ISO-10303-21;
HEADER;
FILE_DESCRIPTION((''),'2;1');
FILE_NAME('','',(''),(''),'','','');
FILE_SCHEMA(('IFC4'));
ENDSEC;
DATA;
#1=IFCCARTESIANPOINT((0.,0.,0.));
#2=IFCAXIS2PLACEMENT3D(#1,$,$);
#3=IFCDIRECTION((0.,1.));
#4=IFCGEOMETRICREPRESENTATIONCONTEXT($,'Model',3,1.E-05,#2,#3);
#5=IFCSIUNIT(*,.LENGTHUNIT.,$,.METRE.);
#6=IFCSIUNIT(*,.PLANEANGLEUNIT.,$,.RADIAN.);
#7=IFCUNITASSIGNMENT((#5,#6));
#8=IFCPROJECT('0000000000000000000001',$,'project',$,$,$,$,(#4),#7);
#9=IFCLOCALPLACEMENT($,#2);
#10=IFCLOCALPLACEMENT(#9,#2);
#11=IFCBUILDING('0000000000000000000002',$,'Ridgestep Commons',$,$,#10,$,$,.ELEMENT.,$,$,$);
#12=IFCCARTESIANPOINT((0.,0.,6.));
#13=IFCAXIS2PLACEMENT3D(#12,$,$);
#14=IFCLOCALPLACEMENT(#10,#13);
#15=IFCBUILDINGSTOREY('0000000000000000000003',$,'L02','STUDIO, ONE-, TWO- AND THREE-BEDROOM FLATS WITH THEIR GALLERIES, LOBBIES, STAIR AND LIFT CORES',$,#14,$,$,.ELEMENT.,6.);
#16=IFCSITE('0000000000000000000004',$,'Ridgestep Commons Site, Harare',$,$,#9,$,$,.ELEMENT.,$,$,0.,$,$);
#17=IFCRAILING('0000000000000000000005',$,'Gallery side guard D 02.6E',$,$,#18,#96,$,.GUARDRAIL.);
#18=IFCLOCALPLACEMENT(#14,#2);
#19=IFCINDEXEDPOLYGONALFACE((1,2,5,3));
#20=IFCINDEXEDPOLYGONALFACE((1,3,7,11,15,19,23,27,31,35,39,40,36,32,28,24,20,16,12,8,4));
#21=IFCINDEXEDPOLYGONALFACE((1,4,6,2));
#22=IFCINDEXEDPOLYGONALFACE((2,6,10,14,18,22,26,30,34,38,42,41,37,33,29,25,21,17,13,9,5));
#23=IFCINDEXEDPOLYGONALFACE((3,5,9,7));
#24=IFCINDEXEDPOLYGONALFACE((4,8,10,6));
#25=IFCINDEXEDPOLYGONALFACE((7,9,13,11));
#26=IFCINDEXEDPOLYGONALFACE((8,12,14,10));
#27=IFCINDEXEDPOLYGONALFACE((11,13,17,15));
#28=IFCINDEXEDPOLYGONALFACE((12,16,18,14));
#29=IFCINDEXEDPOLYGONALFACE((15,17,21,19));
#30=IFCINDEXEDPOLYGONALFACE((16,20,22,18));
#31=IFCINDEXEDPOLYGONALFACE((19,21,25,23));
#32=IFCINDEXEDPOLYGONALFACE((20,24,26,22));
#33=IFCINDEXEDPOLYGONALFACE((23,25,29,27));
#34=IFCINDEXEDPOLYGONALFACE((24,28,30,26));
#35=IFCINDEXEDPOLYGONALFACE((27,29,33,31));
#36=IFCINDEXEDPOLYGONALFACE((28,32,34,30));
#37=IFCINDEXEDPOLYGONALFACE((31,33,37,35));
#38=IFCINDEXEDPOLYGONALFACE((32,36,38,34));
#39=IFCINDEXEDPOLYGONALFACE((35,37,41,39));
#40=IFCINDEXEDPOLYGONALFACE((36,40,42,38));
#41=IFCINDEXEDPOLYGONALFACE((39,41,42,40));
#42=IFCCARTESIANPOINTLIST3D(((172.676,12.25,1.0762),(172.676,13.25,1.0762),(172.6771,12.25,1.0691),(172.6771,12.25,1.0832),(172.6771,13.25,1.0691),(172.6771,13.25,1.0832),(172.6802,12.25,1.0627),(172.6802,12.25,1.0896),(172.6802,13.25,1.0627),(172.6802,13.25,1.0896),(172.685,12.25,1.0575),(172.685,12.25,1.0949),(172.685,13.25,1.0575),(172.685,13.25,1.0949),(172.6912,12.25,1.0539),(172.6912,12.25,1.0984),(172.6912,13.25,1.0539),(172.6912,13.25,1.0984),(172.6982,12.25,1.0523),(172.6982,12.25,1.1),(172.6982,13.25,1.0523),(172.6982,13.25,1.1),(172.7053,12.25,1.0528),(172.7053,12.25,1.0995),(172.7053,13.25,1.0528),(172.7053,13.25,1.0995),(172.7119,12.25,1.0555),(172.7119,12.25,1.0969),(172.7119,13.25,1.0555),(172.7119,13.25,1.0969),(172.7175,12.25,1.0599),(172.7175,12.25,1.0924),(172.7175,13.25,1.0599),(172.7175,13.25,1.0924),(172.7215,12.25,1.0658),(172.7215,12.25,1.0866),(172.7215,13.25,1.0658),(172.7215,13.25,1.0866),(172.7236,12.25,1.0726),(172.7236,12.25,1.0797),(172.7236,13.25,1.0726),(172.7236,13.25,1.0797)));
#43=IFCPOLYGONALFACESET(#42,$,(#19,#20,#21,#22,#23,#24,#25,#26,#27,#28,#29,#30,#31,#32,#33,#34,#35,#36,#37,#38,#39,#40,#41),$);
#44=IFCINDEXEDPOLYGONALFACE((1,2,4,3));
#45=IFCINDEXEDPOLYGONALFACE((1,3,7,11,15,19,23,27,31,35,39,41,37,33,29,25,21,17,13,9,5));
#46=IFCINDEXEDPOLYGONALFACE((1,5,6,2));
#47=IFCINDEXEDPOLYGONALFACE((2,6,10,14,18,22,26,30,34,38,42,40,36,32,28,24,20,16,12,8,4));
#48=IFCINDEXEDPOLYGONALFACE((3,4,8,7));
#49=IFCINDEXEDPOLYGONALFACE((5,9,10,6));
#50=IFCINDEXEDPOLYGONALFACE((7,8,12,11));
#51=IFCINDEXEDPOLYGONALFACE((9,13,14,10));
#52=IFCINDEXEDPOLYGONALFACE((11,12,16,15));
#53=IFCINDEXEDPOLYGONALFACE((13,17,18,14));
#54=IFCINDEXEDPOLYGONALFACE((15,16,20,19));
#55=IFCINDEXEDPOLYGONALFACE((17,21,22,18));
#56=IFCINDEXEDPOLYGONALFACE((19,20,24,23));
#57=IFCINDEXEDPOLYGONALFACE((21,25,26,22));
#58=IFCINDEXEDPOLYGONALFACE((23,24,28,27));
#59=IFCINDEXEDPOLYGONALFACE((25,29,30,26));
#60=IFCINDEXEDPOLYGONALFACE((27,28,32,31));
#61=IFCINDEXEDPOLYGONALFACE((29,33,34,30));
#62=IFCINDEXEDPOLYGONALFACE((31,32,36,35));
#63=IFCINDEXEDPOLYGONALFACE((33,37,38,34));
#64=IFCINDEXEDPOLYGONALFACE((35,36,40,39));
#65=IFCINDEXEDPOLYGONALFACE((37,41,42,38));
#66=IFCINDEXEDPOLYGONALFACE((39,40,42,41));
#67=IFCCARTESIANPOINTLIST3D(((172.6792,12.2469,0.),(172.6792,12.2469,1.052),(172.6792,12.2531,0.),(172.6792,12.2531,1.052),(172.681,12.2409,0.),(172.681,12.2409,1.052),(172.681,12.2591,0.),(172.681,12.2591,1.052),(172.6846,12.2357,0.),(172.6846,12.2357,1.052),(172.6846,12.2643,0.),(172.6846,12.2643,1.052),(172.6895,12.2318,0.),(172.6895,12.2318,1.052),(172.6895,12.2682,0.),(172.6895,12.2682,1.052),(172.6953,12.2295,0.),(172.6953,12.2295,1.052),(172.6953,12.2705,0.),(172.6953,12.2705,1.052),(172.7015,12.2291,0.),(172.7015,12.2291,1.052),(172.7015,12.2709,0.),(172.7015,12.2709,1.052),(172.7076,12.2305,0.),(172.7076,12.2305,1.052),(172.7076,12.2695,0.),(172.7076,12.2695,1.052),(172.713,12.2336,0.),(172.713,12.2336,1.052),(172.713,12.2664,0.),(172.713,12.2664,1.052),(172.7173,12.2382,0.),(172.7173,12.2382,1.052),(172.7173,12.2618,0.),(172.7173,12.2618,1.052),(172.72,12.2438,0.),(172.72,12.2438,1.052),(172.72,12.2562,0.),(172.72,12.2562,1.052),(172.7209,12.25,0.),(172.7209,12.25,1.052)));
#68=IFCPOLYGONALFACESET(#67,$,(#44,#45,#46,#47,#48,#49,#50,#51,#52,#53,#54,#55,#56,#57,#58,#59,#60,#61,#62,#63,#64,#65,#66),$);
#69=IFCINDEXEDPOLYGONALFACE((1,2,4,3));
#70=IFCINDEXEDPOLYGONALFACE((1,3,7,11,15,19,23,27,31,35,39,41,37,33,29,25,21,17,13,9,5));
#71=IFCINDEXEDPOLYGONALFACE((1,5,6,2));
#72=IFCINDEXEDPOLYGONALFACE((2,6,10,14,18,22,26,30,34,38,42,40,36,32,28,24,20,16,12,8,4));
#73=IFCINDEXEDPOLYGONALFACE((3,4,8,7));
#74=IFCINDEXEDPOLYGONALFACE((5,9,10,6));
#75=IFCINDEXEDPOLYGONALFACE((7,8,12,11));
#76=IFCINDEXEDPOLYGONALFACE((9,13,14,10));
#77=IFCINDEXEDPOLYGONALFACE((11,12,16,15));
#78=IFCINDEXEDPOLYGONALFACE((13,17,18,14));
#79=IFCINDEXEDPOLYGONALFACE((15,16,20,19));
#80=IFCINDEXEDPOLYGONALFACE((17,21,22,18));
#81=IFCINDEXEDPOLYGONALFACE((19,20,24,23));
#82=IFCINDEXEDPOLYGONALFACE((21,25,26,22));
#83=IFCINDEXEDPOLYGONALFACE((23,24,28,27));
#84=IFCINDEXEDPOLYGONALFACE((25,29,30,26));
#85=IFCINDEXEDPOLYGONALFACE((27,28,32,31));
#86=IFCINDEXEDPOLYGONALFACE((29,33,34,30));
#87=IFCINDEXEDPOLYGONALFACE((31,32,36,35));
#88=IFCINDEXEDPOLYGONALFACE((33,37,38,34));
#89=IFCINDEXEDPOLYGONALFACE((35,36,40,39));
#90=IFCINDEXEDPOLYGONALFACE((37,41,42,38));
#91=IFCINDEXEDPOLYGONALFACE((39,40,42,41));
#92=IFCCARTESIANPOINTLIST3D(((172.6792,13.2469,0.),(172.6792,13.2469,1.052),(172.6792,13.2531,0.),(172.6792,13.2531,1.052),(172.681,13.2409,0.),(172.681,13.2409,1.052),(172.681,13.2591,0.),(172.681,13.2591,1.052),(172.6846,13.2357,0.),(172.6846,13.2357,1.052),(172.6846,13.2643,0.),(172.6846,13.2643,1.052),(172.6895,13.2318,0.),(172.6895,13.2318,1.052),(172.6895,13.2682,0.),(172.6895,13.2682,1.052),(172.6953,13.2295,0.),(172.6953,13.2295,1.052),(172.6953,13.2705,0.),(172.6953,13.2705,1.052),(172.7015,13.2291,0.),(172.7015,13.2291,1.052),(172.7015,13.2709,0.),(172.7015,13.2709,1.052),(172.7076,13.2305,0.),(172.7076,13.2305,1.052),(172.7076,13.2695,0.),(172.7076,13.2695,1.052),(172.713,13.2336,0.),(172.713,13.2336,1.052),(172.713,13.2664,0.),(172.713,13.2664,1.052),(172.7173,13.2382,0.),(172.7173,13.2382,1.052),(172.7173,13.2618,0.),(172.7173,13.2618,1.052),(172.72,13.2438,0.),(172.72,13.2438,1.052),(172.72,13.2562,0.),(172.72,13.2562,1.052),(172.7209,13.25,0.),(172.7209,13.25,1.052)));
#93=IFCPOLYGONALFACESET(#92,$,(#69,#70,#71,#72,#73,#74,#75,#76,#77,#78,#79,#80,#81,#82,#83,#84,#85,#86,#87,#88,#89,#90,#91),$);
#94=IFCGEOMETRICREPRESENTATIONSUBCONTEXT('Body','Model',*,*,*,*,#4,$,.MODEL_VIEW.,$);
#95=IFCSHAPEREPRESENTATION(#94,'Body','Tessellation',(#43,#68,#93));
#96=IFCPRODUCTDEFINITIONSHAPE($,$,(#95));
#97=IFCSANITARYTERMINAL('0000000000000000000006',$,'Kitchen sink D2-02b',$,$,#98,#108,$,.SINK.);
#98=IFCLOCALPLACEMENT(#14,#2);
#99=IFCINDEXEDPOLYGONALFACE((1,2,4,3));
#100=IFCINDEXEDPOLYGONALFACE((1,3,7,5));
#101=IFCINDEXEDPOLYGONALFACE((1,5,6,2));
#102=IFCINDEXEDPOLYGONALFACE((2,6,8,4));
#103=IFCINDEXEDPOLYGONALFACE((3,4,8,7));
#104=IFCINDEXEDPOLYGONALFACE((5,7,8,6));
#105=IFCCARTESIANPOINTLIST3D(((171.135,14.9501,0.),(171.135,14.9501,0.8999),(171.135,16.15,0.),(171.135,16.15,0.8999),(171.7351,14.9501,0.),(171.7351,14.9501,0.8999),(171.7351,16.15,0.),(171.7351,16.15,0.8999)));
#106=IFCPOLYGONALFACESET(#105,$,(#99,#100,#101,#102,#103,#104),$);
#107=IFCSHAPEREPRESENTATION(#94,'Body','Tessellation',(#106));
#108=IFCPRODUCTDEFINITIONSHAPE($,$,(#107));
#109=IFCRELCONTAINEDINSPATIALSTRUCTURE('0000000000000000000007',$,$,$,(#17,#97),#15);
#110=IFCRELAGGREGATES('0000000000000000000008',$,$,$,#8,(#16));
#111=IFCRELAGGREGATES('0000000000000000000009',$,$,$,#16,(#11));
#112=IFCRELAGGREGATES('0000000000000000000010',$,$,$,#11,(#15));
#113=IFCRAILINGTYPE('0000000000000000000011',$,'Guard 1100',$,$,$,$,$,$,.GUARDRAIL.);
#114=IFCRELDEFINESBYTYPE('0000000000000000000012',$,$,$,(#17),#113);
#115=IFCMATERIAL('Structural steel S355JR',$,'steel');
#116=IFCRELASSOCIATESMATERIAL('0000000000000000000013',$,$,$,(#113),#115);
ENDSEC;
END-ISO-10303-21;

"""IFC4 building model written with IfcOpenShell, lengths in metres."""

from ifc_helpers import new_model, si_unit, direction, frame, origin, origin_2d, place, context, subcontext, project, spatial, rectangle, circle, extrude, material, type_object, element, save


model = new_model("IFC4")

# Units and contexts
model_context = context("Model", 3, precision=1e-05, world=origin(), true_north=direction((0.0, 1.0)))
body_context = subcontext(model_context, "Body", "Model", "MODEL_VIEW")
ifc_project = project(units=[si_unit("LENGTHUNIT", "METRE"), si_unit("PLANEANGLEUNIT", "RADIAN")], contexts=[model_context])

# Site, building, storey
site_placement = place(None, origin())
site = spatial("IfcSite", under=ifc_project, at=site_placement, Name="Ridgestep Commons Site, Harare", CompositionType="ELEMENT", RefElevation=0.0)
building_placement = place(site_placement, origin())
building = spatial("IfcBuilding", under=site, at=building_placement, Name="Ridgestep Commons", CompositionType="ELEMENT")
storey_placement = place(building_placement, frame((0.0, 0.0, 6.0)))
storey = spatial("IfcBuildingStorey", under=building, at=storey_placement, Name="L02", Description="STUDIO, ONE-, TWO- AND THREE-BEDROOM FLATS WITH THEIR GALLERIES, LOBBIES, STAIR AND LIFT CORES", CompositionType="ELEMENT", Elevation=6.0)

# Railing
ifc_material_1 = material(Name="Structural steel S355JR", Category="steel")
railing_type = type_object("IfcRailingType", Name="Guard 1100", PredefinedType="GUARDRAIL", material=ifc_material_1)
for number, where, name in (
    (1, (172.7, 12.25, 0.0), "Gallery side guard D 02.6E"),
):
    element("IfcRailing", number, at=place(storey_placement, frame(where)), inside=storey, type_object=railing_type, Name=name, PredefinedType="GUARDRAIL", context=body_context, shape_type="SweptSolid", body=[
        extrude(circle(Radius=0.0239, at=origin_2d()), frame((0.0, 0.0, 1.0762), z_axis=(0.0, 1.0, 0.0), x_axis=(-1.0, 0.0, 0.0)), (0.0, 0.0, 1.0), 1.0),
        extrude(circle(Radius=0.021, at=origin_2d()), origin(), (0.0, 0.0, 1.0), 1.052),
        extrude(circle(Radius=0.021, at=origin_2d()), frame((0.0, 1.0, 0.0)), (0.0, 0.0, 1.0), 1.052),
    ])

# Sanitary terminal
sanitary_terminal_placement = place(storey_placement, frame((171.4351, 15.55, 0.0), z_axis=(0.0, 0.0, 1.0), x_axis=(1.0, 0.0, 0.0)))
element("IfcSanitaryTerminal", 2, at=sanitary_terminal_placement, inside=storey, Name="Kitchen sink D2-02b", PredefinedType="SINK", context=body_context, shape_type="SweptSolid", body=[
    extrude(rectangle(XDim=0.6001, YDim=1.2, at=origin_2d()), origin(), (0.0, 0.0, 1.0), 0.8999),
])

save(model, "model.ifc")
